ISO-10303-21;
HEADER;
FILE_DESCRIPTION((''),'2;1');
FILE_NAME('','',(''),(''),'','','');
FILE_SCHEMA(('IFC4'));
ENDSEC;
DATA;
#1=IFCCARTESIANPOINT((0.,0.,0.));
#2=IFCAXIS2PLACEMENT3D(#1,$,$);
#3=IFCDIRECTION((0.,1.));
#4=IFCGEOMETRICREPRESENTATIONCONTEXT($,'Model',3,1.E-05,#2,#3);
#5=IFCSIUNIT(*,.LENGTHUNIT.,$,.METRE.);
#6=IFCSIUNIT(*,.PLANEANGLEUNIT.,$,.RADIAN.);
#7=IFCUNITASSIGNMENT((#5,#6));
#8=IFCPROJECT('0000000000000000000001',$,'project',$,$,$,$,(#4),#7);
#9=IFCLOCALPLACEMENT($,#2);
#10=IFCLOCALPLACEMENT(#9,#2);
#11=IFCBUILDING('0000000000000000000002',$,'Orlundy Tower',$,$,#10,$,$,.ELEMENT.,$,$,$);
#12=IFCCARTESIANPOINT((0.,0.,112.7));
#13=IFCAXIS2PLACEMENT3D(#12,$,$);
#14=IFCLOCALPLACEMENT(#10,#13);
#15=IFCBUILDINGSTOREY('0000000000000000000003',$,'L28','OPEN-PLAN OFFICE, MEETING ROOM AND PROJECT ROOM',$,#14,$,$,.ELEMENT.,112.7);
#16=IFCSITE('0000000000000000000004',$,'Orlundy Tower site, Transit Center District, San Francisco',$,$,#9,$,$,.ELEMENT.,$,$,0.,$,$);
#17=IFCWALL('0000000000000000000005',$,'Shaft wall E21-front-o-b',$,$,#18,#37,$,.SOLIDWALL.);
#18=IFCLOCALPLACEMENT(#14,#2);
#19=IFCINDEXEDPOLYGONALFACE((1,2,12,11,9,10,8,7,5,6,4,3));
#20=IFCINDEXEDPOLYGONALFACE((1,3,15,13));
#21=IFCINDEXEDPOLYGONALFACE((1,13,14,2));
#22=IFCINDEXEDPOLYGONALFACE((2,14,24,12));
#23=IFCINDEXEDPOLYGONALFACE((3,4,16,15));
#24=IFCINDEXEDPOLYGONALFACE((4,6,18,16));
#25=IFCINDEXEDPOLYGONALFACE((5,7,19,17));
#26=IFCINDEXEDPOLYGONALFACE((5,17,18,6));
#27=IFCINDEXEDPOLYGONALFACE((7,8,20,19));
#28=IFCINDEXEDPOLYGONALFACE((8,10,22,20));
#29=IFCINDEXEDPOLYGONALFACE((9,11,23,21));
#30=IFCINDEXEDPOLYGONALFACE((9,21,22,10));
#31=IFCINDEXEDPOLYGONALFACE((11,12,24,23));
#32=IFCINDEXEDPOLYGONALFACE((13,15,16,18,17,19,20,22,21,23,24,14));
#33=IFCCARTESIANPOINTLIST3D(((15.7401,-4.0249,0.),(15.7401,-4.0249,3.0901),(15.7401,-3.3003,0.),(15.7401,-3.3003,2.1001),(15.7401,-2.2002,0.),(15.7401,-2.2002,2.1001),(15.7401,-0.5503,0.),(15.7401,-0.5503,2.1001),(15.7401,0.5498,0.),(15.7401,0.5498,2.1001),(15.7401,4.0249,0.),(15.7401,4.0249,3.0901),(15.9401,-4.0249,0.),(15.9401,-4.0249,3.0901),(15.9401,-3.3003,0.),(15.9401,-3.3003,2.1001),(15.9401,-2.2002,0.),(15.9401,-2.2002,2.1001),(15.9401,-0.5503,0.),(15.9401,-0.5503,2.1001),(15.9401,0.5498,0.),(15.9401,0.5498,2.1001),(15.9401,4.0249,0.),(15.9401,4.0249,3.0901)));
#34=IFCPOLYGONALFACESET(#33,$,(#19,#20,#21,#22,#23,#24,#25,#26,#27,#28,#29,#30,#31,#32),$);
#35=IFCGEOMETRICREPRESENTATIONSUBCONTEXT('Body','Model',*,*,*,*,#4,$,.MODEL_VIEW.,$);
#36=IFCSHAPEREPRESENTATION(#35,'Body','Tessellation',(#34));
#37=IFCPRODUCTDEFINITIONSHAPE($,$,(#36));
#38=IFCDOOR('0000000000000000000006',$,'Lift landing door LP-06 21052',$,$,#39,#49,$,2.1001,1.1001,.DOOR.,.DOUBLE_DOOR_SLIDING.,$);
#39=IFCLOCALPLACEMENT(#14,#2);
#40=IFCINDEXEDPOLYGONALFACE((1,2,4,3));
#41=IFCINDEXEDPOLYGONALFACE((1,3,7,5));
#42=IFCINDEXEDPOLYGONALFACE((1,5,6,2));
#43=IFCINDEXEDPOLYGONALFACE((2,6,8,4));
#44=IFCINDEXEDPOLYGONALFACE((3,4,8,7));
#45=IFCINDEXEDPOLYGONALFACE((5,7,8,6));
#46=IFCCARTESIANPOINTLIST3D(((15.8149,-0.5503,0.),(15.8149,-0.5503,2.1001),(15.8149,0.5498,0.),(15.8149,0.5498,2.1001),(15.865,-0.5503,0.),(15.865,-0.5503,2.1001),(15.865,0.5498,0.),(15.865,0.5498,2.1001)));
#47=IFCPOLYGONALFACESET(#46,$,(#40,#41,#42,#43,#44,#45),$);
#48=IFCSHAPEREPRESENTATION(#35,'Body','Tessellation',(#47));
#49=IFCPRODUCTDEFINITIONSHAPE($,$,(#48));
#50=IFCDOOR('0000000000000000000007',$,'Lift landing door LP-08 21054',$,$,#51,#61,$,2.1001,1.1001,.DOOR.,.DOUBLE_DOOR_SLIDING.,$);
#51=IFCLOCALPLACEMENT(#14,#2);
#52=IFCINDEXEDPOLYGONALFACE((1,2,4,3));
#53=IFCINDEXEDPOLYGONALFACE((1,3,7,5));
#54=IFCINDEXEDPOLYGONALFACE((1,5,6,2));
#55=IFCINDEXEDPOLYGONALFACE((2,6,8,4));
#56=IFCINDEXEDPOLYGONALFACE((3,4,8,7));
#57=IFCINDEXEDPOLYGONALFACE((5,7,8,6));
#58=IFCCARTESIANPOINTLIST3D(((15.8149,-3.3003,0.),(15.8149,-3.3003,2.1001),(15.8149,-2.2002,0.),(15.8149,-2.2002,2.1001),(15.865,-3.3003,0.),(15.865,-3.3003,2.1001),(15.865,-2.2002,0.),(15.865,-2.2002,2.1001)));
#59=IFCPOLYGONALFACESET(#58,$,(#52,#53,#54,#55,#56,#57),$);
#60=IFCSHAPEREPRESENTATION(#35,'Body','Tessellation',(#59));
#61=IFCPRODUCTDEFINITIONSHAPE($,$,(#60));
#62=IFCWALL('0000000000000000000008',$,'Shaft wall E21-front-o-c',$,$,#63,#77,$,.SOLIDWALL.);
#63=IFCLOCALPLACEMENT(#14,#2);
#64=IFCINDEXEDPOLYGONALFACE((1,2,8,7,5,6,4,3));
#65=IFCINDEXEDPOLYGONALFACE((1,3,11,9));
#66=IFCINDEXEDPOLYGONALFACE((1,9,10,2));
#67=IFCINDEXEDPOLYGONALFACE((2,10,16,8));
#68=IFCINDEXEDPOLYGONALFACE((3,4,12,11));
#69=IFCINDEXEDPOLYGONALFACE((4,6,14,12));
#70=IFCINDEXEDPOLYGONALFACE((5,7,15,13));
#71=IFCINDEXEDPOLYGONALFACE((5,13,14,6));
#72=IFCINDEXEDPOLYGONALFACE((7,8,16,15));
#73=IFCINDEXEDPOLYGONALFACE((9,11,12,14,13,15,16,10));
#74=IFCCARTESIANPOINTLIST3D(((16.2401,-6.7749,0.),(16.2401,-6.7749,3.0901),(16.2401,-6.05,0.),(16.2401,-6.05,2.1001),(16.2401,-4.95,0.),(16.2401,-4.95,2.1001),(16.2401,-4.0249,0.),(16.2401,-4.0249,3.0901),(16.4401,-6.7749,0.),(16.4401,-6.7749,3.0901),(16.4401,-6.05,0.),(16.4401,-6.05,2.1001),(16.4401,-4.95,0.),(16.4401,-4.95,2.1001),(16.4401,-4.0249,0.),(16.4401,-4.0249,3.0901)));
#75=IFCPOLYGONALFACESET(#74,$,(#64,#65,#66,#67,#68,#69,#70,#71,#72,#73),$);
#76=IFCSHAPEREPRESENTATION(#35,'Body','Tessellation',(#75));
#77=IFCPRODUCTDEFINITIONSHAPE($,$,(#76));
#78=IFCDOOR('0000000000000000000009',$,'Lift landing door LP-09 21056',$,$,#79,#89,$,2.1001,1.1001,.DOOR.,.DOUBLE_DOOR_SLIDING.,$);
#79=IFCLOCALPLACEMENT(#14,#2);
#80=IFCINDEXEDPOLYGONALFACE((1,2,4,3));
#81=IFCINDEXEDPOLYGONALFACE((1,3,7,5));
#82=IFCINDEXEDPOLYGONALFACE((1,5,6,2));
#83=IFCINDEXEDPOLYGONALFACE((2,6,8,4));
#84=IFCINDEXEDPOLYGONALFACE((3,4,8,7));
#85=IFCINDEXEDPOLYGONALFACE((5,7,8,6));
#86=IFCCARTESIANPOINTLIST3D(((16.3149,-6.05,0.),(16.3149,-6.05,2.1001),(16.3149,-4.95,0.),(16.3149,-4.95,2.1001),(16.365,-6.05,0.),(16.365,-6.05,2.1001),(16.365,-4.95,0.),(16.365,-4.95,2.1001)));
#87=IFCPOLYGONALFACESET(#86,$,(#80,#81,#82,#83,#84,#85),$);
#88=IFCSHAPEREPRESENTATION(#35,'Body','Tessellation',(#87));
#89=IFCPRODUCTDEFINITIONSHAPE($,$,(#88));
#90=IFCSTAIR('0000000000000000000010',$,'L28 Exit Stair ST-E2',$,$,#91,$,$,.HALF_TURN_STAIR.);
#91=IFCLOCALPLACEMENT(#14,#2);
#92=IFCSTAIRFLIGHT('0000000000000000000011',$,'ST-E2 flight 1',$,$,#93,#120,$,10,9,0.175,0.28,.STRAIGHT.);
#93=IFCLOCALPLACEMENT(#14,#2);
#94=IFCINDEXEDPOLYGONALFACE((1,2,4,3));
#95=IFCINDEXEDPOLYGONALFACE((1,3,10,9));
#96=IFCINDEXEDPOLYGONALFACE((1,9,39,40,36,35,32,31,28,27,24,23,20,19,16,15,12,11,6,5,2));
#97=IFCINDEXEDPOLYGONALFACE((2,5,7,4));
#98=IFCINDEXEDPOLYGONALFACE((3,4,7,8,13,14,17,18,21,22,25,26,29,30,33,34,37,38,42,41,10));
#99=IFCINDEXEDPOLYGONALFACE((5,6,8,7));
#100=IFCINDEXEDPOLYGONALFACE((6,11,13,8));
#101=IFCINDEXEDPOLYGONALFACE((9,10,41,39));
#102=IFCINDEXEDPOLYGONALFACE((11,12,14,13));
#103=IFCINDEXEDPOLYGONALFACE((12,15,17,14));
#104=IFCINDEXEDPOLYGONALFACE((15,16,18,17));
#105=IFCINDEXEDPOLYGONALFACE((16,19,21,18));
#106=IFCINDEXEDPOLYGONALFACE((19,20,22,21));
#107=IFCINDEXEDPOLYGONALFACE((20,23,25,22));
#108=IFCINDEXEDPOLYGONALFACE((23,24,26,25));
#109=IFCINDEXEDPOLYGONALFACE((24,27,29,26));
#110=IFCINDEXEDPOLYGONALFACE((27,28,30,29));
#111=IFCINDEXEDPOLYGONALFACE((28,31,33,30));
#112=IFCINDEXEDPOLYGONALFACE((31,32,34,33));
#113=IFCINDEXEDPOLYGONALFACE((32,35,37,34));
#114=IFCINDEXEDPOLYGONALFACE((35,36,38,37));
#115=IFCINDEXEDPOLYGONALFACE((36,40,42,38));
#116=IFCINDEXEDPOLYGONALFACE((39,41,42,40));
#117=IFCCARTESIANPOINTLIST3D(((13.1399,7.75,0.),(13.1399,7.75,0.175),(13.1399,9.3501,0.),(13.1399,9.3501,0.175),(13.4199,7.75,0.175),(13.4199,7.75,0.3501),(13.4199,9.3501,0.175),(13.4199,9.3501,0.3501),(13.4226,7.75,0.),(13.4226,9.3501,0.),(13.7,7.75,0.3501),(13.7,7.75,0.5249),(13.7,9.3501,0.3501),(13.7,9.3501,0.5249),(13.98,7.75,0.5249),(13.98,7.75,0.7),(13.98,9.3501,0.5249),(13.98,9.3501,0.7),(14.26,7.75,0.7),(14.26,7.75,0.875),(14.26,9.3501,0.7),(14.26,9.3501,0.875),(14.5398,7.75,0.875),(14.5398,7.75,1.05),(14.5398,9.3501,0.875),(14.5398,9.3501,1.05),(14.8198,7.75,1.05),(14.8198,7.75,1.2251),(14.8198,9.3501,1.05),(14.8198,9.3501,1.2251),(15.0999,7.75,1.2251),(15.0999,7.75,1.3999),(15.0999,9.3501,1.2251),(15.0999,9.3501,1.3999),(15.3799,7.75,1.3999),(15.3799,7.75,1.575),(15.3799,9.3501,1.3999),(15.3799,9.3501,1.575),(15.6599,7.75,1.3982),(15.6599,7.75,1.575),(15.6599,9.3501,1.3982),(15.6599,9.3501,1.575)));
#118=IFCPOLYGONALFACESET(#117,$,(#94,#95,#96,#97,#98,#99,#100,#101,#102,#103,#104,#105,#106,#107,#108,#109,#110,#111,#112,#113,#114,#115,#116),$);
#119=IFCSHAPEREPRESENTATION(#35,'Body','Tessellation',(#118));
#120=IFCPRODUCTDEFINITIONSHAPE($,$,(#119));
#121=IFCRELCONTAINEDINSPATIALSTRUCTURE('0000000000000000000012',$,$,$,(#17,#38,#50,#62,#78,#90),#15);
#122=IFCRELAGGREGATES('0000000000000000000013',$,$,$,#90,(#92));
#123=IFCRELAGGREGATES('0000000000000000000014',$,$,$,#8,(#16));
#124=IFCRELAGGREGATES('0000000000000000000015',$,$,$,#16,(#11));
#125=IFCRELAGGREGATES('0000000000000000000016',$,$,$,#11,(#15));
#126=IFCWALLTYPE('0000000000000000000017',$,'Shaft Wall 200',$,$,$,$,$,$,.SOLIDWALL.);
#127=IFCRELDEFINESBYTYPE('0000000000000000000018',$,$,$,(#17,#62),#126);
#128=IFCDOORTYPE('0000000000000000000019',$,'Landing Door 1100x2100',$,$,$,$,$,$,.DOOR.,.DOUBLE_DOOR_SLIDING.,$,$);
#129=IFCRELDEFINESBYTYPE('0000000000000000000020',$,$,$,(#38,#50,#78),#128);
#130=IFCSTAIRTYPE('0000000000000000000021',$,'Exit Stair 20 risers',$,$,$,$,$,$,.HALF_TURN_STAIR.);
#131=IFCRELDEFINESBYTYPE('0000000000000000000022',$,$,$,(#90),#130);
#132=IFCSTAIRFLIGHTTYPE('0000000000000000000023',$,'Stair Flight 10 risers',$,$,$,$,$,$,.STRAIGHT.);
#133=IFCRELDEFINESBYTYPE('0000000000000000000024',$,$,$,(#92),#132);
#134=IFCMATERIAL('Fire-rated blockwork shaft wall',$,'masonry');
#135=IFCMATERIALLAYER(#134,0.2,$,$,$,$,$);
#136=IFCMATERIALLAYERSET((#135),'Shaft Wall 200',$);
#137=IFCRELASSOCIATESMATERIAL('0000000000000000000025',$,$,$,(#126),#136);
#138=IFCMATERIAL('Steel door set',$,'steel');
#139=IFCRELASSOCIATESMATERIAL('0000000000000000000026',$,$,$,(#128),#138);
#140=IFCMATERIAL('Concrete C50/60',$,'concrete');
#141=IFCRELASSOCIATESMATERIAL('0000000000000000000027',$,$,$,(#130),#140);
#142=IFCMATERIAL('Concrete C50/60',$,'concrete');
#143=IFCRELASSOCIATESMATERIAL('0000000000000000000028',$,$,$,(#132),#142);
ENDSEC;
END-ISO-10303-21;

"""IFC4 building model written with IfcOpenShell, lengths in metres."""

from ifc_helpers import new_model, si_unit, direction, frame, frame_2d, origin, place, context, subcontext, project, spatial, polyline, rectangle, outline, extrude, material, layer, layer_set, type_object, element, fill, aggregate, save


model = new_model("IFC4")

# Units and contexts
model_context = context("Model", 3, precision=1e-05, world=origin(), true_north=direction((0.0, 1.0)))
body_context = subcontext(model_context, "Body", "Model", "MODEL_VIEW")
ifc_project = project(units=[si_unit("LENGTHUNIT", "METRE"), si_unit("PLANEANGLEUNIT", "RADIAN")], contexts=[model_context])

# Site, building, storey
site_placement = place(None, origin())
site = spatial("IfcSite", under=ifc_project, at=site_placement, Name="Orlundy Tower site, Transit Center District, San Francisco", CompositionType="ELEMENT", RefElevation=0.0)
building_placement = place(site_placement, origin())
building = spatial("IfcBuilding", under=site, at=building_placement, Name="Orlundy Tower", CompositionType="ELEMENT")
storey_placement = place(building_placement, frame((0.0, 0.0, 112.7)))
storey = spatial("IfcBuildingStorey", under=building, at=storey_placement, Name="L28", Description="OPEN-PLAN OFFICE, MEETING ROOM AND PROJECT ROOM", CompositionType="ELEMENT", Elevation=112.7)

# Shared definitions
ifc_material_1 = material(Name="Fire-rated blockwork shaft wall", Category="masonry")
ifc_layer_1 = layer(ifc_material_1, 0.2)
ifc_layer_set_1 = layer_set([ifc_layer_1], Name="Shaft Wall 200")
wall_type_1 = type_object("IfcWallType", Name="Shaft Wall 200", PredefinedType="SOLIDWALL", material=ifc_layer_set_1)

# Shared definitions
ifc_material_2 = material(Name="Steel door set", Category="steel")
door_type_1 = type_object("IfcDoorType", Name="Landing Door 1100x2100", OperationType="DOUBLE_DOOR_SLIDING", PredefinedType="DOOR", material=ifc_material_2)

# Wall, openings, doors
wall_1_placement = place(storey_placement, frame((15.8401, 4.0249, 0.0), z_axis=(0.0, 0.0, 1.0), x_axis=(0.0, -1.0, 0.0)))
wall_1 = element("IfcWall", 1, at=wall_1_placement, inside=storey, type_object=wall_type_1, Name="Shaft wall E21-front-o-b", PredefinedType="SOLIDWALL", context=body_context, shape_type="SweptSolid", body=[
    extrude(rectangle(XDim=8.0498, YDim=0.2, at=frame_2d((4.0249, 0.0))), origin(), (0.0, 0.0, 1.0), 3.0901),
])
opening_1_placement = place(wall_1_placement, frame((3.4751, 0.0, 0.0)))
opening_1 = element("IfcOpeningElement", 2, at=opening_1_placement, cuts=wall_1, PredefinedType="OPENING", context=body_context, shape_type="SweptSolid", body=[
    extrude(rectangle(XDim=1.1001, YDim=2.1001, at=frame_2d((0.55, 1.05))), frame((0.0, 0.1101, 0.0), z_axis=(0.0, -1.0, 0.0), x_axis=(1.0, 0.0, 0.0)), (0.0, 0.0, 1.0), 0.2202),
])
opening_2_placement = place(wall_1_placement, frame((6.2251, 0.0, 0.0)))
opening_2 = element("IfcOpeningElement", 3, at=opening_2_placement, cuts=wall_1, PredefinedType="OPENING", context=body_context, shape_type="SweptSolid", body=[
    extrude(rectangle(XDim=1.1001, YDim=2.1001, at=frame_2d((0.55, 1.05))), frame((0.0, 0.1101, 0.0), z_axis=(0.0, -1.0, 0.0), x_axis=(1.0, 0.0, 0.0)), (0.0, 0.0, 1.0), 0.2202),
])
door_1_placement = place(opening_1_placement, origin())
door_1 = element("IfcDoor", 4, at=door_1_placement, inside=storey, type_object=door_type_1, Name="Lift landing door LP-06 21052", OperationType="DOUBLE_DOOR_SLIDING", OverallHeight=2.1001, OverallWidth=1.1001, PredefinedType="DOOR", context=body_context, shape_type="SweptSolid", body=[
    extrude(rectangle(XDim=1.1001, YDim=2.1001, at=frame_2d((0.55, 1.05))), frame((0.0, 0.0249, 0.0), z_axis=(0.0, -1.0, 0.0), x_axis=(1.0, 0.0, 0.0)), (0.0, 0.0, 1.0), 0.05),
])
fill(opening_1, door_1)
door_2_placement = place(opening_2_placement, origin())
door_2 = element("IfcDoor", 5, at=door_2_placement, inside=storey, type_object=door_type_1, Name="Lift landing door LP-08 21054", OperationType="DOUBLE_DOOR_SLIDING", OverallHeight=2.1001, OverallWidth=1.1001, PredefinedType="DOOR", context=body_context, shape_type="SweptSolid", body=[
    extrude(rectangle(XDim=1.1001, YDim=2.1001, at=frame_2d((0.55, 1.05))), frame((0.0, 0.0249, 0.0), z_axis=(0.0, -1.0, 0.0), x_axis=(1.0, 0.0, 0.0)), (0.0, 0.0, 1.0), 0.05),
])
fill(opening_2, door_2)

# Wall, opening, door
wall_2_placement = place(storey_placement, frame((16.3401, -4.0249, 0.0), z_axis=(0.0, 0.0, 1.0), x_axis=(0.0, -1.0, 0.0)))
wall_2 = element("IfcWall", 6, at=wall_2_placement, inside=storey, type_object=wall_type_1, Name="Shaft wall E21-front-o-c", PredefinedType="SOLIDWALL", context=body_context, shape_type="SweptSolid", body=[
    extrude(rectangle(XDim=2.75, YDim=0.2, at=frame_2d((1.375, 0.0))), origin(), (0.0, 0.0, 1.0), 3.0901),
])
opening_3_placement = place(wall_2_placement, frame((0.925, 0.0, 0.0)))
opening_3 = element("IfcOpeningElement", 7, at=opening_3_placement, cuts=wall_2, PredefinedType="OPENING", context=body_context, shape_type="SweptSolid", body=[
    extrude(rectangle(XDim=1.1001, YDim=2.1001, at=frame_2d((0.55, 1.05))), frame((0.0, 0.1101, 0.0), z_axis=(0.0, -1.0, 0.0), x_axis=(1.0, 0.0, 0.0)), (0.0, 0.0, 1.0), 0.2202),
])
door_3_placement = place(opening_3_placement, origin())
door_3 = element("IfcDoor", 8, at=door_3_placement, inside=storey, type_object=door_type_1, Name="Lift landing door LP-09 21056", OperationType="DOUBLE_DOOR_SLIDING", OverallHeight=2.1001, OverallWidth=1.1001, PredefinedType="DOOR", context=body_context, shape_type="SweptSolid", body=[
    extrude(rectangle(XDim=1.1001, YDim=2.1001, at=frame_2d((0.55, 1.05))), frame((0.0, 0.0249, 0.0), z_axis=(0.0, -1.0, 0.0), x_axis=(1.0, 0.0, 0.0)), (0.0, 0.0, 1.0), 0.05),
])
fill(opening_3, door_3)

# Stair, stair flight
ifc_material_3 = material(Name="Concrete C50/60", Category="concrete")
stair_type = type_object("IfcStairType", Name="Exit Stair 20 risers", PredefinedType="HALF_TURN_STAIR", material=ifc_material_3)
stair_placement = place(storey_placement, origin())
stair = element("IfcStair", 9, at=stair_placement, inside=storey, type_object=stair_type, Name="L28 Exit Stair ST-E2", PredefinedType="HALF_TURN_STAIR")
ifc_material_4 = material(Name="Concrete C50/60", Category="concrete")
stair_flight_type = type_object("IfcStairFlightType", Name="Stair Flight 10 risers", PredefinedType="STRAIGHT", material=ifc_material_4)
stair_flight_placement = place(storey_placement, frame((13.1399, 8.55, 0.0), z_axis=(0.0, 0.0, 1.0), x_axis=(1.0, 0.0, 0.0)))
stair_flight = element("IfcStairFlight", 10, at=stair_flight_placement, type_object=stair_flight_type, Name="ST-E2 flight 1", NumberOfRisers=10, NumberOfTreads=9, PredefinedType="STRAIGHT", RiserHeight=0.175, TreadLength=0.28, context=body_context, shape_type="SweptSolid", body=[
    extrude(outline(polyline([(0.0, 0.0), (0.0, 0.175), (0.28, 0.175), (0.28, 0.3501), (0.5601, 0.3501), (0.5601, 0.5249), (0.8401, 0.5249), (0.8401, 0.7), (1.1201, 0.7), (1.1201, 0.875), (1.3999, 0.875), (1.3999, 1.05), (1.6799, 1.05), (1.6799, 1.2251), (1.96, 1.2251), (1.96, 1.3999), (2.24, 1.3999), (2.24, 1.575), (2.52, 1.575), (2.52, 1.75), (2.52, 1.3982), (0.2827, 0.0), (0.0, 0.0)])), frame((0.0, 0.8, 0.0), z_axis=(0.0, -1.0, 0.0), x_axis=(1.0, 0.0, 0.0)), (0.0, 0.0, 1.0), 1.6001),
])
aggregate(stair, [stair_flight])

save(model, "model.ifc")
